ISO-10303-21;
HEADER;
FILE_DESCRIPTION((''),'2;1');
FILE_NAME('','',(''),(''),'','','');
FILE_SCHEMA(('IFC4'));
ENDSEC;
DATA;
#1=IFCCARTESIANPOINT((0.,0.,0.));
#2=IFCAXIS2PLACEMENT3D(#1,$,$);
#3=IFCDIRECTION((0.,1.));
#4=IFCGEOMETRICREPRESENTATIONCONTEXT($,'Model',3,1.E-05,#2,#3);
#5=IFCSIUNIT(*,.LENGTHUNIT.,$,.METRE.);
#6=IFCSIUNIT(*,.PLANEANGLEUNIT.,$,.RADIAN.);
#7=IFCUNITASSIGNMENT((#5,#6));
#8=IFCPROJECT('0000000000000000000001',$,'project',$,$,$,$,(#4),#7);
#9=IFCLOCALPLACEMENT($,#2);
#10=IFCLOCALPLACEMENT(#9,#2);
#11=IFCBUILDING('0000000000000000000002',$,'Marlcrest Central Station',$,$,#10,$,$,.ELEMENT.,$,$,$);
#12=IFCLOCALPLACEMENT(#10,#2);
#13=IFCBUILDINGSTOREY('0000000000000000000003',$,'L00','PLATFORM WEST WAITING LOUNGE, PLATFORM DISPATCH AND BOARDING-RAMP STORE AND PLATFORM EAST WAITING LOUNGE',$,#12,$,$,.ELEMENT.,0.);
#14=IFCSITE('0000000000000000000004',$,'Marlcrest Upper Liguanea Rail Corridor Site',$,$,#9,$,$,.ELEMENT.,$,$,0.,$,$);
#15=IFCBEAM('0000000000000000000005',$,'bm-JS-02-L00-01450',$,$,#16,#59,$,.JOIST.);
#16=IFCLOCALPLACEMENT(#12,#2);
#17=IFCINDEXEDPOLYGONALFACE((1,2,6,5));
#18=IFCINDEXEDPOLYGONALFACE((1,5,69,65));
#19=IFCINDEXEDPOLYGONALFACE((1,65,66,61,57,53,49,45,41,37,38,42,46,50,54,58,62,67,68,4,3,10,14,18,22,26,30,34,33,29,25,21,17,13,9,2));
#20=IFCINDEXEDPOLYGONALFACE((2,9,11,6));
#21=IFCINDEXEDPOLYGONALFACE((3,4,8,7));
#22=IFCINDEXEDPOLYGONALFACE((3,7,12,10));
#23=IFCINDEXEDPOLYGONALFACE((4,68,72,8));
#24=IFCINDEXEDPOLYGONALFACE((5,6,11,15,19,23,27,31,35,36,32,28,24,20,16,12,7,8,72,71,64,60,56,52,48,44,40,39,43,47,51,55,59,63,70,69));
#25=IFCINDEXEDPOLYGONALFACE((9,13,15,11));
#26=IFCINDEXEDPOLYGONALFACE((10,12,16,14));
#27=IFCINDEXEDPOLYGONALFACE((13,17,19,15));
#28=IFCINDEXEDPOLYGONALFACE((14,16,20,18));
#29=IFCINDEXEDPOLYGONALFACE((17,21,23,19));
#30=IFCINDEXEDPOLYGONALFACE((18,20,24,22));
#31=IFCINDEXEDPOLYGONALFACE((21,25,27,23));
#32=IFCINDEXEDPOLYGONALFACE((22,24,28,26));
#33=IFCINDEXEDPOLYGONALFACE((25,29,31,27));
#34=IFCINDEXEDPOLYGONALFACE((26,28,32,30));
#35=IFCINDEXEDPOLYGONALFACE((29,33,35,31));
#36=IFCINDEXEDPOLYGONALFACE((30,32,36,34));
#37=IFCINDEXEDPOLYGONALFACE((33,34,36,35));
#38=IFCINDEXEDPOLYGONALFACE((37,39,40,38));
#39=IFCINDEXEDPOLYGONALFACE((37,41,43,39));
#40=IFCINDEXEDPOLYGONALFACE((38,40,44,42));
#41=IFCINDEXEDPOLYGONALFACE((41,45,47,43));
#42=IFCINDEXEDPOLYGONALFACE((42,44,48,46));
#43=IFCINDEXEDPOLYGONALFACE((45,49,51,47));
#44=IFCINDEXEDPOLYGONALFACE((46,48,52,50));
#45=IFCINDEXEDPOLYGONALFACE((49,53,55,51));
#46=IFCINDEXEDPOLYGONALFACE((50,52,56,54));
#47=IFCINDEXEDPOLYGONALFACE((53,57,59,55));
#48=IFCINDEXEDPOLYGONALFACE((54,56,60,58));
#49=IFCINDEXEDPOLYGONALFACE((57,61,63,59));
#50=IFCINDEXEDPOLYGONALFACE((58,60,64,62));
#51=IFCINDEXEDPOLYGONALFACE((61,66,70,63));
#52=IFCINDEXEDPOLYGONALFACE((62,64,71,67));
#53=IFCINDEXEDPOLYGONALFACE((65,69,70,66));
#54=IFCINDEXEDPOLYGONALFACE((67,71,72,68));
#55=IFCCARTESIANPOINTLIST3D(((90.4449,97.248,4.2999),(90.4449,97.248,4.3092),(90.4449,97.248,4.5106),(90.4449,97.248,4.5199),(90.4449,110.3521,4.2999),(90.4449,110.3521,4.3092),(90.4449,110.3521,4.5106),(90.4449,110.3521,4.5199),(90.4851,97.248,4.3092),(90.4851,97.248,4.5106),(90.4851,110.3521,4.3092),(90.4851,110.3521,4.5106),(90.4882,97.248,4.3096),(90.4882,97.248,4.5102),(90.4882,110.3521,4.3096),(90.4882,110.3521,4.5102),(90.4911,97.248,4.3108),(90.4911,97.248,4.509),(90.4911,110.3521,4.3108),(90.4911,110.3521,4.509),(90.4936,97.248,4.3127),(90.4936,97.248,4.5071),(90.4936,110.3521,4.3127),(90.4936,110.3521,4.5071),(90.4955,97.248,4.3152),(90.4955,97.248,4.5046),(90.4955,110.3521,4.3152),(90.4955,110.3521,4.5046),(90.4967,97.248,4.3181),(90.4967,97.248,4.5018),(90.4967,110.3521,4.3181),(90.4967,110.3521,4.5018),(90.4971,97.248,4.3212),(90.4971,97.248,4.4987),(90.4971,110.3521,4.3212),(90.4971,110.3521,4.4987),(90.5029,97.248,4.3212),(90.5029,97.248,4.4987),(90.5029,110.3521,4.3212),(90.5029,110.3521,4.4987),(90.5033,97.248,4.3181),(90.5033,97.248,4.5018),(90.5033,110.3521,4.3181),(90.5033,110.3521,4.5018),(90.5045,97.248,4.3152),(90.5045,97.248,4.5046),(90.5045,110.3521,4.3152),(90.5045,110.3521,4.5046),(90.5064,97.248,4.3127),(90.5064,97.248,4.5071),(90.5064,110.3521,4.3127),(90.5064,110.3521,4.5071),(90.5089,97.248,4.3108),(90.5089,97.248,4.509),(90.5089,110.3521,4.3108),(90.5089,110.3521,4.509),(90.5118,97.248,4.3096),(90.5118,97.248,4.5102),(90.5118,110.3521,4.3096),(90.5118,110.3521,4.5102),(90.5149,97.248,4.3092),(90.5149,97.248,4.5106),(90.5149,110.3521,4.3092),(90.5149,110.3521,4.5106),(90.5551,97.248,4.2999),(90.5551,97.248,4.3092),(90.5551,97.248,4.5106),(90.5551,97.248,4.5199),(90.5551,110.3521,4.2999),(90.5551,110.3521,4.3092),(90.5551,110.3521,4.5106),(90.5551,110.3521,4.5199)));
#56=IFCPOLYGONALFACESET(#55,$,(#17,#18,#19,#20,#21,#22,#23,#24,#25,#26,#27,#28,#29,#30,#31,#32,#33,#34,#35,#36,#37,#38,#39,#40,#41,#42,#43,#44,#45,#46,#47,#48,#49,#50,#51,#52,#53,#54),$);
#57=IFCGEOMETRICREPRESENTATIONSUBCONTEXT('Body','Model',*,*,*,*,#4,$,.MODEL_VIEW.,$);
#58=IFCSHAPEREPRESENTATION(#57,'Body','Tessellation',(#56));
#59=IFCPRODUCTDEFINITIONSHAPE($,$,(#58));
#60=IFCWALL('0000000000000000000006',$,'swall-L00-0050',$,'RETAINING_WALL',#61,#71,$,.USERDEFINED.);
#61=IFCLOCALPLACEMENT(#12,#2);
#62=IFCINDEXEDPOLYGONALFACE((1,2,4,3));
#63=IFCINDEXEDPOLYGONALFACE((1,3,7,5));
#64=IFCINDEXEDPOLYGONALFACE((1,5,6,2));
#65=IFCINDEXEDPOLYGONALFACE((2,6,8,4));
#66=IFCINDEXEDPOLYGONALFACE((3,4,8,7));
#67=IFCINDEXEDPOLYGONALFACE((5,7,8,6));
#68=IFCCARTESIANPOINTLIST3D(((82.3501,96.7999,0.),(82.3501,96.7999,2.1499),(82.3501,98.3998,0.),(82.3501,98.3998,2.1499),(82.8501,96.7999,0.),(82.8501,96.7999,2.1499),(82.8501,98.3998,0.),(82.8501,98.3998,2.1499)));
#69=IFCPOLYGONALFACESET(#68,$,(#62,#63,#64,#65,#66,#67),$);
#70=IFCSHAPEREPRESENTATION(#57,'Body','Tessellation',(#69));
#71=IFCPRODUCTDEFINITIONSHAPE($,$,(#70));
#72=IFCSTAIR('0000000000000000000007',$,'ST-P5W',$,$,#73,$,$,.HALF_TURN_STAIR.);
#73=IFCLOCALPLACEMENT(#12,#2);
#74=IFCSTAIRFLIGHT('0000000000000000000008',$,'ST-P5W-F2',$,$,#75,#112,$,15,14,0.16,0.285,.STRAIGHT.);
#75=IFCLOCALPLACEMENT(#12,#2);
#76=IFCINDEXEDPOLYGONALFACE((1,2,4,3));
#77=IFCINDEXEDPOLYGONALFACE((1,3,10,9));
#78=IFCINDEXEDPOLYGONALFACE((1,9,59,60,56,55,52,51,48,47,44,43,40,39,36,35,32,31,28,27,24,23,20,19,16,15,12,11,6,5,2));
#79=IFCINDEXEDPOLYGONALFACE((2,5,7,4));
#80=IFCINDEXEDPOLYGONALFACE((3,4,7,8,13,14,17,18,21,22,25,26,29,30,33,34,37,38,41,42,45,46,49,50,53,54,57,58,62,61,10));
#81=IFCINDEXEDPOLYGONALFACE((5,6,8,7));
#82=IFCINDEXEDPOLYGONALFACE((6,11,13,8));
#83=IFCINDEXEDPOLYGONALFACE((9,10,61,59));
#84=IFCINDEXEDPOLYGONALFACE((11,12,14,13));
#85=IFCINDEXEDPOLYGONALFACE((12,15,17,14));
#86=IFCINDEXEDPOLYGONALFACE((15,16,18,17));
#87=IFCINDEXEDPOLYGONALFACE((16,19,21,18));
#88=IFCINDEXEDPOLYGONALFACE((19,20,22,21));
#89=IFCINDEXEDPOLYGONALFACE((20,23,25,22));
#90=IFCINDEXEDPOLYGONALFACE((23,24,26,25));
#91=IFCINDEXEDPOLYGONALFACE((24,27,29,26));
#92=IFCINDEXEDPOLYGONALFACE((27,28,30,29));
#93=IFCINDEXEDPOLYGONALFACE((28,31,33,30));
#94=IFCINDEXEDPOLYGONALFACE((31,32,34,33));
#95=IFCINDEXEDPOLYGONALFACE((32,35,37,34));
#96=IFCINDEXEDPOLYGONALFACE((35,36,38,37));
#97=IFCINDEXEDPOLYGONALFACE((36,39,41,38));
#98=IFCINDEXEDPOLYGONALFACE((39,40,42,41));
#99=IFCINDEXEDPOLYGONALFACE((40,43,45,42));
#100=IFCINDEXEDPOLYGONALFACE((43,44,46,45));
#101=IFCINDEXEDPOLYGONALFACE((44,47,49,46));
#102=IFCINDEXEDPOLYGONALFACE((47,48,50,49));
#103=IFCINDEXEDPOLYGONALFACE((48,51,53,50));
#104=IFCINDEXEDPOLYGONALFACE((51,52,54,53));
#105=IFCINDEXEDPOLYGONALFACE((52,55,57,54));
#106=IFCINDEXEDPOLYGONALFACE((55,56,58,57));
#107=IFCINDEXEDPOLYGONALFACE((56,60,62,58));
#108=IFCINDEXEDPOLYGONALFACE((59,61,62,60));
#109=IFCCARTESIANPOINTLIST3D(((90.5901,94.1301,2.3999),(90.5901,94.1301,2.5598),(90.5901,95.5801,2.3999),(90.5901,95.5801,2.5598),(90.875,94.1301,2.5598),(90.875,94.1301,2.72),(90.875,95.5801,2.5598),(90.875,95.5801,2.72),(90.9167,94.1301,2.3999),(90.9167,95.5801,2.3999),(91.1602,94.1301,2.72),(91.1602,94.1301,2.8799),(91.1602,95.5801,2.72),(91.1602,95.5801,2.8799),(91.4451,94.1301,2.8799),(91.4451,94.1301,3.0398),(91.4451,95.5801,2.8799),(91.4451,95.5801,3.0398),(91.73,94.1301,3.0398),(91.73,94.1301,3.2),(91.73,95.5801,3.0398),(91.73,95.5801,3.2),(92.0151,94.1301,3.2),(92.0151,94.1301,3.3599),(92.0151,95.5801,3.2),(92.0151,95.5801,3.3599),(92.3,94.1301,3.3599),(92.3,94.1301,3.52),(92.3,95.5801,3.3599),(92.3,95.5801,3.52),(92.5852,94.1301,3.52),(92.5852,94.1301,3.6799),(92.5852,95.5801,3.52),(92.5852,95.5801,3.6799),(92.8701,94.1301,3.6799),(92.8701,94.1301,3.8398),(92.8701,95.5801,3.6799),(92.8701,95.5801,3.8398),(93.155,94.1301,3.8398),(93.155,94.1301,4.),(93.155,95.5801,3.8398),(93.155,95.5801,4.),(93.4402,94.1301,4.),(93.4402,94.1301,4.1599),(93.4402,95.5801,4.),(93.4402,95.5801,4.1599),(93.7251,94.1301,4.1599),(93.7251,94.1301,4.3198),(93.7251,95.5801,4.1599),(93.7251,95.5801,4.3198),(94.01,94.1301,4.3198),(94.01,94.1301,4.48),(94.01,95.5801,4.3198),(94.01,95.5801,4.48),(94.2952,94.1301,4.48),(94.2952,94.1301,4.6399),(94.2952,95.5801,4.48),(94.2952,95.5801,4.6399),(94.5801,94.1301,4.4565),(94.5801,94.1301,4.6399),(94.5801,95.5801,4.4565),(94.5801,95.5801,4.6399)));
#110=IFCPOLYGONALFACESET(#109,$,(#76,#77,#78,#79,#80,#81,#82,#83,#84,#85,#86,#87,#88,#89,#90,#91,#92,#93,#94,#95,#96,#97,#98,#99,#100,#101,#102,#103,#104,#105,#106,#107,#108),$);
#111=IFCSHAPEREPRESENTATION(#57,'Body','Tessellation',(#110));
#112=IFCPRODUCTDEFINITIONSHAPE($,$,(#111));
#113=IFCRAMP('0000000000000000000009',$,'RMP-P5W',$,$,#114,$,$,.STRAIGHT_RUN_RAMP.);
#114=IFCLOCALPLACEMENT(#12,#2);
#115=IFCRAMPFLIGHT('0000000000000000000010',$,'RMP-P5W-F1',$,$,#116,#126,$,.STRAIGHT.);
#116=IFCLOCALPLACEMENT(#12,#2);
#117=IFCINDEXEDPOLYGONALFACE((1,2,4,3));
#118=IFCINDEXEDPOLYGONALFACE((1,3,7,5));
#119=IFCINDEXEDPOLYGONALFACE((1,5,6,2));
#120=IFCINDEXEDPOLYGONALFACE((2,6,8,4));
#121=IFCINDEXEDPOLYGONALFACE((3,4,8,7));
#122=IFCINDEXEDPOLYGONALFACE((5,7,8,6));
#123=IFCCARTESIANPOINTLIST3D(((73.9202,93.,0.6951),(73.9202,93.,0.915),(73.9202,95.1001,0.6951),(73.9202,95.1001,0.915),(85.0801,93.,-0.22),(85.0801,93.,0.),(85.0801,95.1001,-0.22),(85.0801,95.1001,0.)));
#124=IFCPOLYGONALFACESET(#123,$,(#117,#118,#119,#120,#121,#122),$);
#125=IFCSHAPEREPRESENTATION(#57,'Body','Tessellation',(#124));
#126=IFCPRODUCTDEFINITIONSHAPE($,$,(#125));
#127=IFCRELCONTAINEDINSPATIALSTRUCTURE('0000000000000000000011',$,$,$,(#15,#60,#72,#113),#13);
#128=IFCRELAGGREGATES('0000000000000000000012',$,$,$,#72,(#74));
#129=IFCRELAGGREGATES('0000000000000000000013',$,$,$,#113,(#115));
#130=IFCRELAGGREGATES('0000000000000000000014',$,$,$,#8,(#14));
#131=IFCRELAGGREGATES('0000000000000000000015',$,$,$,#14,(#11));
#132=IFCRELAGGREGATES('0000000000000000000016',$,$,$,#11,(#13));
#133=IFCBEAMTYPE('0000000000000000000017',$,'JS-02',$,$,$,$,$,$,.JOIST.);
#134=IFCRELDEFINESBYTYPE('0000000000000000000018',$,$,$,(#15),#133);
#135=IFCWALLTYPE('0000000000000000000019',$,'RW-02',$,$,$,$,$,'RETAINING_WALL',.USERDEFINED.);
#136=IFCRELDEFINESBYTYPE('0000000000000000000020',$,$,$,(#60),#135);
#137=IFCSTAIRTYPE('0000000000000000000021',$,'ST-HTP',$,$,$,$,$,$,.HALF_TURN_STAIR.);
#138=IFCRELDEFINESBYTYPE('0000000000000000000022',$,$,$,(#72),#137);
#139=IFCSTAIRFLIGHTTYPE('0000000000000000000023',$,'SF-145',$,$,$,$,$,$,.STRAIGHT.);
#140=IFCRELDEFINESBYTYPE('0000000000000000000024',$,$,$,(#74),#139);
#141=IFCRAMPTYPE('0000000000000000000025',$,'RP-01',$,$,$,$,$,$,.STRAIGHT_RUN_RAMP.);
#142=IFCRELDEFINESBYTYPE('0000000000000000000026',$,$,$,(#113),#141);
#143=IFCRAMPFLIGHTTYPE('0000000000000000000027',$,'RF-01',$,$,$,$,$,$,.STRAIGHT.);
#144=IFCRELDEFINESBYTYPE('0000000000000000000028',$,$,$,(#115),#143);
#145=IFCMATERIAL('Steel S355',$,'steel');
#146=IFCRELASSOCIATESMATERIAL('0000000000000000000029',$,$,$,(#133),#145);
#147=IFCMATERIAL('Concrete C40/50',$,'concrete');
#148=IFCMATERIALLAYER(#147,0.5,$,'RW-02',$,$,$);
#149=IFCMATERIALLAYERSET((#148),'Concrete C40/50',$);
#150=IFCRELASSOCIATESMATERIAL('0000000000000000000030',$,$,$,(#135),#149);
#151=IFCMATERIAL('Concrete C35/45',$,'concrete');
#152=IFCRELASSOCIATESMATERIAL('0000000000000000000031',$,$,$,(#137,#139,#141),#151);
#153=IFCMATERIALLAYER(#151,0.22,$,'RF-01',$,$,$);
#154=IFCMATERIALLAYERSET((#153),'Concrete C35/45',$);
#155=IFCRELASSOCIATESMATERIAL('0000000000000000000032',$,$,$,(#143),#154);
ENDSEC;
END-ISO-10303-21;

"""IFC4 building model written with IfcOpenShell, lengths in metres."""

from ifc_helpers import new_model, si_unit, direction, frame, frame_2d, origin, origin_2d, place, context, subcontext, project, spatial, polyline, rectangle, i_section, outline, extrude, material, layer, layer_set, material_profile, profile_set, type_object, element, aggregate, save


model = new_model("IFC4")

# Units and contexts
model_context = context("Model", 3, precision=1e-05, world=origin(), true_north=direction((0.0, 1.0)))
body_context = subcontext(model_context, "Body", "Model", "MODEL_VIEW")
ifc_project = project(units=[si_unit("LENGTHUNIT", "METRE"), si_unit("PLANEANGLEUNIT", "RADIAN")], contexts=[model_context])

# Site, building, storey
site_placement = place(None, origin())
site = spatial("IfcSite", under=ifc_project, at=site_placement, Name="Marlcrest Upper Liguanea Rail Corridor Site", CompositionType="ELEMENT", RefElevation=0.0)
building_placement = place(site_placement, origin())
building = spatial("IfcBuilding", under=site, at=building_placement, Name="Marlcrest Central Station", CompositionType="ELEMENT")
storey_placement = place(building_placement, origin())
storey = spatial("IfcBuildingStorey", under=building, at=storey_placement, Name="L00", Description="PLATFORM WEST WAITING LOUNGE, PLATFORM DISPATCH AND BOARDING-RAMP STORE AND PLATFORM EAST WAITING LOUNGE", CompositionType="ELEMENT", Elevation=0.0)

# Shared definitions
ifc_material_1 = material(Name="Concrete C35/45", Category="concrete")

# Shared definitions
ifc_material_2 = material(Name="Concrete C40/50", Category="concrete")

# Shared definitions
ifc_material_3 = material(Name="Steel S355", Category="steel")

# Beam
ifc_material_profile_1 = material_profile(ifc_material_3, i_section(OverallWidth=0.1101, OverallDepth=0.22, WebThickness=0.0059, FlangeThickness=0.0093, FilletRadius=0.012, at=origin_2d()), Name="IPE 220")
ifc_profile_set_1 = profile_set([ifc_material_profile_1], Name="Steel S355")
beam_type_1 = type_object("IfcBeamType", Name="JS-02", PredefinedType="JOIST", material=ifc_profile_set_1)
beam_1_placement = place(storey_placement, frame((90.5, 97.248, 4.4099), z_axis=(0.0, 1.0, 0.0), x_axis=(-1.0, 0.0, 0.0)))
element("IfcBeam", 1, at=beam_1_placement, inside=storey, type_object=beam_type_1, Name="bm-JS-02-L00-01450", PredefinedType="JOIST", context=body_context, shape_type="SweptSolid", body=[
    extrude(i_section(OverallWidth=0.1101, OverallDepth=0.22, WebThickness=0.0059, FlangeThickness=0.0093, FilletRadius=0.012, at=origin_2d()), origin(), (0.0, 0.0, 1.0), 13.104),
])

# Wall
ifc_layer_1 = layer(ifc_material_2, 0.5, Name="RW-02")
ifc_layer_set_1 = layer_set([ifc_layer_1], Name="Concrete C40/50")
wall_type = type_object("IfcWallType", Name="RW-02", ElementType="RETAINING_WALL", PredefinedType="USERDEFINED", material=ifc_layer_set_1)
wall_placement = place(storey_placement, frame((82.6001, 96.8, 0.0), z_axis=(0.0, 0.0, 1.0), x_axis=(0.0, 1.0, 0.0)))
element("IfcWall", 2, at=wall_placement, inside=storey, type_object=wall_type, Name="swall-L00-0050", ObjectType="RETAINING_WALL", PredefinedType="USERDEFINED", context=body_context, shape_type="SweptSolid", body=[
    extrude(rectangle(XDim=1.5999, YDim=0.5, at=frame_2d((0.7998, 0.0))), origin(), (0.0, 0.0, 1.0), 2.1499),
])

# Stair, stair flight
stair_type = type_object("IfcStairType", Name="ST-HTP", PredefinedType="HALF_TURN_STAIR", material=ifc_material_1)
stair_placement = place(storey_placement, origin())
stair = element("IfcStair", 3, at=stair_placement, inside=storey, type_object=stair_type, Name="ST-P5W", PredefinedType="HALF_TURN_STAIR")
stair_flight_type = type_object("IfcStairFlightType", Name="SF-145", PredefinedType="STRAIGHT", material=ifc_material_1)
stair_flight_placement = place(storey_placement, frame((90.5901, 94.855, 2.3999), z_axis=(0.0, 0.0, 1.0), x_axis=(1.0, 0.0, 0.0)))
stair_flight = element("IfcStairFlight", 4, at=stair_flight_placement, type_object=stair_flight_type, Name="ST-P5W-F2", NumberOfRisers=15, NumberOfTreads=14, PredefinedType="STRAIGHT", RiserHeight=0.16, TreadLength=0.285, context=body_context, shape_type="SweptSolid", body=[
    extrude(outline(polyline([(0.0, 0.0), (0.0, 0.1599), (0.2849, 0.1599), (0.2849, 0.3201), (0.5701, 0.3201), (0.5701, 0.48), (0.855, 0.48), (0.855, 0.6399), (1.1399, 0.6399), (1.1399, 0.8), (1.425, 0.8), (1.425, 0.96), (1.71, 0.96), (1.71, 1.1201), (1.9951, 1.1201), (1.9951, 1.28), (2.28, 1.28), (2.28, 1.4399), (2.5649, 1.4399), (2.5649, 1.6001), (2.8501, 1.6001), (2.8501, 1.76), (3.135, 1.76), (3.135, 1.9199), (3.4199, 1.9199), (3.4199, 2.0801), (3.7051, 2.0801), (3.7051, 2.24), (3.99, 2.24), (3.99, 2.3999), (3.99, 2.0566), (0.3267, 0.0), (0.0, 0.0)])), frame((0.0, 0.7251, 0.0), z_axis=(0.0, -1.0, 0.0), x_axis=(1.0, 0.0, 0.0)), (0.0, 0.0, 1.0), 1.45),
])
aggregate(stair, [stair_flight])

# Ramp, ramp flight
ramp_type = type_object("IfcRampType", Name="RP-01", PredefinedType="STRAIGHT_RUN_RAMP", material=ifc_material_1)
ramp_placement = place(storey_placement, origin())
ramp = element("IfcRamp", 5, at=ramp_placement, inside=storey, type_object=ramp_type, Name="RMP-P5W", PredefinedType="STRAIGHT_RUN_RAMP")
ifc_layer_2 = layer(ifc_material_1, 0.22, Name="RF-01")
ifc_layer_set_2 = layer_set([ifc_layer_2], Name="Concrete C35/45")
ramp_flight_type = type_object("IfcRampFlightType", Name="RF-01", PredefinedType="STRAIGHT", material=ifc_layer_set_2)
ramp_flight_placement = place(storey_placement, frame((85.0801, 94.05, 0.0), z_axis=(0.0, 0.0, 1.0), x_axis=(-1.0, 0.0, 0.0)))
ramp_flight = element("IfcRampFlight", 6, at=ramp_flight_placement, type_object=ramp_flight_type, Name="RMP-P5W-F1", PredefinedType="STRAIGHT", context=body_context, shape_type="SweptSolid", body=[
    extrude(outline(polyline([(0.0, -0.22), (0.0, 0.0), (11.1599, 0.915), (11.1599, 0.6951), (0.0, -0.22)])), frame((0.0, 1.05, 0.0), z_axis=(0.0, -1.0, 0.0), x_axis=(1.0, 0.0, 0.0)), (0.0, 0.0, 1.0), 2.1001),
])
aggregate(ramp, [ramp_flight])

save(model, "model.ifc")
